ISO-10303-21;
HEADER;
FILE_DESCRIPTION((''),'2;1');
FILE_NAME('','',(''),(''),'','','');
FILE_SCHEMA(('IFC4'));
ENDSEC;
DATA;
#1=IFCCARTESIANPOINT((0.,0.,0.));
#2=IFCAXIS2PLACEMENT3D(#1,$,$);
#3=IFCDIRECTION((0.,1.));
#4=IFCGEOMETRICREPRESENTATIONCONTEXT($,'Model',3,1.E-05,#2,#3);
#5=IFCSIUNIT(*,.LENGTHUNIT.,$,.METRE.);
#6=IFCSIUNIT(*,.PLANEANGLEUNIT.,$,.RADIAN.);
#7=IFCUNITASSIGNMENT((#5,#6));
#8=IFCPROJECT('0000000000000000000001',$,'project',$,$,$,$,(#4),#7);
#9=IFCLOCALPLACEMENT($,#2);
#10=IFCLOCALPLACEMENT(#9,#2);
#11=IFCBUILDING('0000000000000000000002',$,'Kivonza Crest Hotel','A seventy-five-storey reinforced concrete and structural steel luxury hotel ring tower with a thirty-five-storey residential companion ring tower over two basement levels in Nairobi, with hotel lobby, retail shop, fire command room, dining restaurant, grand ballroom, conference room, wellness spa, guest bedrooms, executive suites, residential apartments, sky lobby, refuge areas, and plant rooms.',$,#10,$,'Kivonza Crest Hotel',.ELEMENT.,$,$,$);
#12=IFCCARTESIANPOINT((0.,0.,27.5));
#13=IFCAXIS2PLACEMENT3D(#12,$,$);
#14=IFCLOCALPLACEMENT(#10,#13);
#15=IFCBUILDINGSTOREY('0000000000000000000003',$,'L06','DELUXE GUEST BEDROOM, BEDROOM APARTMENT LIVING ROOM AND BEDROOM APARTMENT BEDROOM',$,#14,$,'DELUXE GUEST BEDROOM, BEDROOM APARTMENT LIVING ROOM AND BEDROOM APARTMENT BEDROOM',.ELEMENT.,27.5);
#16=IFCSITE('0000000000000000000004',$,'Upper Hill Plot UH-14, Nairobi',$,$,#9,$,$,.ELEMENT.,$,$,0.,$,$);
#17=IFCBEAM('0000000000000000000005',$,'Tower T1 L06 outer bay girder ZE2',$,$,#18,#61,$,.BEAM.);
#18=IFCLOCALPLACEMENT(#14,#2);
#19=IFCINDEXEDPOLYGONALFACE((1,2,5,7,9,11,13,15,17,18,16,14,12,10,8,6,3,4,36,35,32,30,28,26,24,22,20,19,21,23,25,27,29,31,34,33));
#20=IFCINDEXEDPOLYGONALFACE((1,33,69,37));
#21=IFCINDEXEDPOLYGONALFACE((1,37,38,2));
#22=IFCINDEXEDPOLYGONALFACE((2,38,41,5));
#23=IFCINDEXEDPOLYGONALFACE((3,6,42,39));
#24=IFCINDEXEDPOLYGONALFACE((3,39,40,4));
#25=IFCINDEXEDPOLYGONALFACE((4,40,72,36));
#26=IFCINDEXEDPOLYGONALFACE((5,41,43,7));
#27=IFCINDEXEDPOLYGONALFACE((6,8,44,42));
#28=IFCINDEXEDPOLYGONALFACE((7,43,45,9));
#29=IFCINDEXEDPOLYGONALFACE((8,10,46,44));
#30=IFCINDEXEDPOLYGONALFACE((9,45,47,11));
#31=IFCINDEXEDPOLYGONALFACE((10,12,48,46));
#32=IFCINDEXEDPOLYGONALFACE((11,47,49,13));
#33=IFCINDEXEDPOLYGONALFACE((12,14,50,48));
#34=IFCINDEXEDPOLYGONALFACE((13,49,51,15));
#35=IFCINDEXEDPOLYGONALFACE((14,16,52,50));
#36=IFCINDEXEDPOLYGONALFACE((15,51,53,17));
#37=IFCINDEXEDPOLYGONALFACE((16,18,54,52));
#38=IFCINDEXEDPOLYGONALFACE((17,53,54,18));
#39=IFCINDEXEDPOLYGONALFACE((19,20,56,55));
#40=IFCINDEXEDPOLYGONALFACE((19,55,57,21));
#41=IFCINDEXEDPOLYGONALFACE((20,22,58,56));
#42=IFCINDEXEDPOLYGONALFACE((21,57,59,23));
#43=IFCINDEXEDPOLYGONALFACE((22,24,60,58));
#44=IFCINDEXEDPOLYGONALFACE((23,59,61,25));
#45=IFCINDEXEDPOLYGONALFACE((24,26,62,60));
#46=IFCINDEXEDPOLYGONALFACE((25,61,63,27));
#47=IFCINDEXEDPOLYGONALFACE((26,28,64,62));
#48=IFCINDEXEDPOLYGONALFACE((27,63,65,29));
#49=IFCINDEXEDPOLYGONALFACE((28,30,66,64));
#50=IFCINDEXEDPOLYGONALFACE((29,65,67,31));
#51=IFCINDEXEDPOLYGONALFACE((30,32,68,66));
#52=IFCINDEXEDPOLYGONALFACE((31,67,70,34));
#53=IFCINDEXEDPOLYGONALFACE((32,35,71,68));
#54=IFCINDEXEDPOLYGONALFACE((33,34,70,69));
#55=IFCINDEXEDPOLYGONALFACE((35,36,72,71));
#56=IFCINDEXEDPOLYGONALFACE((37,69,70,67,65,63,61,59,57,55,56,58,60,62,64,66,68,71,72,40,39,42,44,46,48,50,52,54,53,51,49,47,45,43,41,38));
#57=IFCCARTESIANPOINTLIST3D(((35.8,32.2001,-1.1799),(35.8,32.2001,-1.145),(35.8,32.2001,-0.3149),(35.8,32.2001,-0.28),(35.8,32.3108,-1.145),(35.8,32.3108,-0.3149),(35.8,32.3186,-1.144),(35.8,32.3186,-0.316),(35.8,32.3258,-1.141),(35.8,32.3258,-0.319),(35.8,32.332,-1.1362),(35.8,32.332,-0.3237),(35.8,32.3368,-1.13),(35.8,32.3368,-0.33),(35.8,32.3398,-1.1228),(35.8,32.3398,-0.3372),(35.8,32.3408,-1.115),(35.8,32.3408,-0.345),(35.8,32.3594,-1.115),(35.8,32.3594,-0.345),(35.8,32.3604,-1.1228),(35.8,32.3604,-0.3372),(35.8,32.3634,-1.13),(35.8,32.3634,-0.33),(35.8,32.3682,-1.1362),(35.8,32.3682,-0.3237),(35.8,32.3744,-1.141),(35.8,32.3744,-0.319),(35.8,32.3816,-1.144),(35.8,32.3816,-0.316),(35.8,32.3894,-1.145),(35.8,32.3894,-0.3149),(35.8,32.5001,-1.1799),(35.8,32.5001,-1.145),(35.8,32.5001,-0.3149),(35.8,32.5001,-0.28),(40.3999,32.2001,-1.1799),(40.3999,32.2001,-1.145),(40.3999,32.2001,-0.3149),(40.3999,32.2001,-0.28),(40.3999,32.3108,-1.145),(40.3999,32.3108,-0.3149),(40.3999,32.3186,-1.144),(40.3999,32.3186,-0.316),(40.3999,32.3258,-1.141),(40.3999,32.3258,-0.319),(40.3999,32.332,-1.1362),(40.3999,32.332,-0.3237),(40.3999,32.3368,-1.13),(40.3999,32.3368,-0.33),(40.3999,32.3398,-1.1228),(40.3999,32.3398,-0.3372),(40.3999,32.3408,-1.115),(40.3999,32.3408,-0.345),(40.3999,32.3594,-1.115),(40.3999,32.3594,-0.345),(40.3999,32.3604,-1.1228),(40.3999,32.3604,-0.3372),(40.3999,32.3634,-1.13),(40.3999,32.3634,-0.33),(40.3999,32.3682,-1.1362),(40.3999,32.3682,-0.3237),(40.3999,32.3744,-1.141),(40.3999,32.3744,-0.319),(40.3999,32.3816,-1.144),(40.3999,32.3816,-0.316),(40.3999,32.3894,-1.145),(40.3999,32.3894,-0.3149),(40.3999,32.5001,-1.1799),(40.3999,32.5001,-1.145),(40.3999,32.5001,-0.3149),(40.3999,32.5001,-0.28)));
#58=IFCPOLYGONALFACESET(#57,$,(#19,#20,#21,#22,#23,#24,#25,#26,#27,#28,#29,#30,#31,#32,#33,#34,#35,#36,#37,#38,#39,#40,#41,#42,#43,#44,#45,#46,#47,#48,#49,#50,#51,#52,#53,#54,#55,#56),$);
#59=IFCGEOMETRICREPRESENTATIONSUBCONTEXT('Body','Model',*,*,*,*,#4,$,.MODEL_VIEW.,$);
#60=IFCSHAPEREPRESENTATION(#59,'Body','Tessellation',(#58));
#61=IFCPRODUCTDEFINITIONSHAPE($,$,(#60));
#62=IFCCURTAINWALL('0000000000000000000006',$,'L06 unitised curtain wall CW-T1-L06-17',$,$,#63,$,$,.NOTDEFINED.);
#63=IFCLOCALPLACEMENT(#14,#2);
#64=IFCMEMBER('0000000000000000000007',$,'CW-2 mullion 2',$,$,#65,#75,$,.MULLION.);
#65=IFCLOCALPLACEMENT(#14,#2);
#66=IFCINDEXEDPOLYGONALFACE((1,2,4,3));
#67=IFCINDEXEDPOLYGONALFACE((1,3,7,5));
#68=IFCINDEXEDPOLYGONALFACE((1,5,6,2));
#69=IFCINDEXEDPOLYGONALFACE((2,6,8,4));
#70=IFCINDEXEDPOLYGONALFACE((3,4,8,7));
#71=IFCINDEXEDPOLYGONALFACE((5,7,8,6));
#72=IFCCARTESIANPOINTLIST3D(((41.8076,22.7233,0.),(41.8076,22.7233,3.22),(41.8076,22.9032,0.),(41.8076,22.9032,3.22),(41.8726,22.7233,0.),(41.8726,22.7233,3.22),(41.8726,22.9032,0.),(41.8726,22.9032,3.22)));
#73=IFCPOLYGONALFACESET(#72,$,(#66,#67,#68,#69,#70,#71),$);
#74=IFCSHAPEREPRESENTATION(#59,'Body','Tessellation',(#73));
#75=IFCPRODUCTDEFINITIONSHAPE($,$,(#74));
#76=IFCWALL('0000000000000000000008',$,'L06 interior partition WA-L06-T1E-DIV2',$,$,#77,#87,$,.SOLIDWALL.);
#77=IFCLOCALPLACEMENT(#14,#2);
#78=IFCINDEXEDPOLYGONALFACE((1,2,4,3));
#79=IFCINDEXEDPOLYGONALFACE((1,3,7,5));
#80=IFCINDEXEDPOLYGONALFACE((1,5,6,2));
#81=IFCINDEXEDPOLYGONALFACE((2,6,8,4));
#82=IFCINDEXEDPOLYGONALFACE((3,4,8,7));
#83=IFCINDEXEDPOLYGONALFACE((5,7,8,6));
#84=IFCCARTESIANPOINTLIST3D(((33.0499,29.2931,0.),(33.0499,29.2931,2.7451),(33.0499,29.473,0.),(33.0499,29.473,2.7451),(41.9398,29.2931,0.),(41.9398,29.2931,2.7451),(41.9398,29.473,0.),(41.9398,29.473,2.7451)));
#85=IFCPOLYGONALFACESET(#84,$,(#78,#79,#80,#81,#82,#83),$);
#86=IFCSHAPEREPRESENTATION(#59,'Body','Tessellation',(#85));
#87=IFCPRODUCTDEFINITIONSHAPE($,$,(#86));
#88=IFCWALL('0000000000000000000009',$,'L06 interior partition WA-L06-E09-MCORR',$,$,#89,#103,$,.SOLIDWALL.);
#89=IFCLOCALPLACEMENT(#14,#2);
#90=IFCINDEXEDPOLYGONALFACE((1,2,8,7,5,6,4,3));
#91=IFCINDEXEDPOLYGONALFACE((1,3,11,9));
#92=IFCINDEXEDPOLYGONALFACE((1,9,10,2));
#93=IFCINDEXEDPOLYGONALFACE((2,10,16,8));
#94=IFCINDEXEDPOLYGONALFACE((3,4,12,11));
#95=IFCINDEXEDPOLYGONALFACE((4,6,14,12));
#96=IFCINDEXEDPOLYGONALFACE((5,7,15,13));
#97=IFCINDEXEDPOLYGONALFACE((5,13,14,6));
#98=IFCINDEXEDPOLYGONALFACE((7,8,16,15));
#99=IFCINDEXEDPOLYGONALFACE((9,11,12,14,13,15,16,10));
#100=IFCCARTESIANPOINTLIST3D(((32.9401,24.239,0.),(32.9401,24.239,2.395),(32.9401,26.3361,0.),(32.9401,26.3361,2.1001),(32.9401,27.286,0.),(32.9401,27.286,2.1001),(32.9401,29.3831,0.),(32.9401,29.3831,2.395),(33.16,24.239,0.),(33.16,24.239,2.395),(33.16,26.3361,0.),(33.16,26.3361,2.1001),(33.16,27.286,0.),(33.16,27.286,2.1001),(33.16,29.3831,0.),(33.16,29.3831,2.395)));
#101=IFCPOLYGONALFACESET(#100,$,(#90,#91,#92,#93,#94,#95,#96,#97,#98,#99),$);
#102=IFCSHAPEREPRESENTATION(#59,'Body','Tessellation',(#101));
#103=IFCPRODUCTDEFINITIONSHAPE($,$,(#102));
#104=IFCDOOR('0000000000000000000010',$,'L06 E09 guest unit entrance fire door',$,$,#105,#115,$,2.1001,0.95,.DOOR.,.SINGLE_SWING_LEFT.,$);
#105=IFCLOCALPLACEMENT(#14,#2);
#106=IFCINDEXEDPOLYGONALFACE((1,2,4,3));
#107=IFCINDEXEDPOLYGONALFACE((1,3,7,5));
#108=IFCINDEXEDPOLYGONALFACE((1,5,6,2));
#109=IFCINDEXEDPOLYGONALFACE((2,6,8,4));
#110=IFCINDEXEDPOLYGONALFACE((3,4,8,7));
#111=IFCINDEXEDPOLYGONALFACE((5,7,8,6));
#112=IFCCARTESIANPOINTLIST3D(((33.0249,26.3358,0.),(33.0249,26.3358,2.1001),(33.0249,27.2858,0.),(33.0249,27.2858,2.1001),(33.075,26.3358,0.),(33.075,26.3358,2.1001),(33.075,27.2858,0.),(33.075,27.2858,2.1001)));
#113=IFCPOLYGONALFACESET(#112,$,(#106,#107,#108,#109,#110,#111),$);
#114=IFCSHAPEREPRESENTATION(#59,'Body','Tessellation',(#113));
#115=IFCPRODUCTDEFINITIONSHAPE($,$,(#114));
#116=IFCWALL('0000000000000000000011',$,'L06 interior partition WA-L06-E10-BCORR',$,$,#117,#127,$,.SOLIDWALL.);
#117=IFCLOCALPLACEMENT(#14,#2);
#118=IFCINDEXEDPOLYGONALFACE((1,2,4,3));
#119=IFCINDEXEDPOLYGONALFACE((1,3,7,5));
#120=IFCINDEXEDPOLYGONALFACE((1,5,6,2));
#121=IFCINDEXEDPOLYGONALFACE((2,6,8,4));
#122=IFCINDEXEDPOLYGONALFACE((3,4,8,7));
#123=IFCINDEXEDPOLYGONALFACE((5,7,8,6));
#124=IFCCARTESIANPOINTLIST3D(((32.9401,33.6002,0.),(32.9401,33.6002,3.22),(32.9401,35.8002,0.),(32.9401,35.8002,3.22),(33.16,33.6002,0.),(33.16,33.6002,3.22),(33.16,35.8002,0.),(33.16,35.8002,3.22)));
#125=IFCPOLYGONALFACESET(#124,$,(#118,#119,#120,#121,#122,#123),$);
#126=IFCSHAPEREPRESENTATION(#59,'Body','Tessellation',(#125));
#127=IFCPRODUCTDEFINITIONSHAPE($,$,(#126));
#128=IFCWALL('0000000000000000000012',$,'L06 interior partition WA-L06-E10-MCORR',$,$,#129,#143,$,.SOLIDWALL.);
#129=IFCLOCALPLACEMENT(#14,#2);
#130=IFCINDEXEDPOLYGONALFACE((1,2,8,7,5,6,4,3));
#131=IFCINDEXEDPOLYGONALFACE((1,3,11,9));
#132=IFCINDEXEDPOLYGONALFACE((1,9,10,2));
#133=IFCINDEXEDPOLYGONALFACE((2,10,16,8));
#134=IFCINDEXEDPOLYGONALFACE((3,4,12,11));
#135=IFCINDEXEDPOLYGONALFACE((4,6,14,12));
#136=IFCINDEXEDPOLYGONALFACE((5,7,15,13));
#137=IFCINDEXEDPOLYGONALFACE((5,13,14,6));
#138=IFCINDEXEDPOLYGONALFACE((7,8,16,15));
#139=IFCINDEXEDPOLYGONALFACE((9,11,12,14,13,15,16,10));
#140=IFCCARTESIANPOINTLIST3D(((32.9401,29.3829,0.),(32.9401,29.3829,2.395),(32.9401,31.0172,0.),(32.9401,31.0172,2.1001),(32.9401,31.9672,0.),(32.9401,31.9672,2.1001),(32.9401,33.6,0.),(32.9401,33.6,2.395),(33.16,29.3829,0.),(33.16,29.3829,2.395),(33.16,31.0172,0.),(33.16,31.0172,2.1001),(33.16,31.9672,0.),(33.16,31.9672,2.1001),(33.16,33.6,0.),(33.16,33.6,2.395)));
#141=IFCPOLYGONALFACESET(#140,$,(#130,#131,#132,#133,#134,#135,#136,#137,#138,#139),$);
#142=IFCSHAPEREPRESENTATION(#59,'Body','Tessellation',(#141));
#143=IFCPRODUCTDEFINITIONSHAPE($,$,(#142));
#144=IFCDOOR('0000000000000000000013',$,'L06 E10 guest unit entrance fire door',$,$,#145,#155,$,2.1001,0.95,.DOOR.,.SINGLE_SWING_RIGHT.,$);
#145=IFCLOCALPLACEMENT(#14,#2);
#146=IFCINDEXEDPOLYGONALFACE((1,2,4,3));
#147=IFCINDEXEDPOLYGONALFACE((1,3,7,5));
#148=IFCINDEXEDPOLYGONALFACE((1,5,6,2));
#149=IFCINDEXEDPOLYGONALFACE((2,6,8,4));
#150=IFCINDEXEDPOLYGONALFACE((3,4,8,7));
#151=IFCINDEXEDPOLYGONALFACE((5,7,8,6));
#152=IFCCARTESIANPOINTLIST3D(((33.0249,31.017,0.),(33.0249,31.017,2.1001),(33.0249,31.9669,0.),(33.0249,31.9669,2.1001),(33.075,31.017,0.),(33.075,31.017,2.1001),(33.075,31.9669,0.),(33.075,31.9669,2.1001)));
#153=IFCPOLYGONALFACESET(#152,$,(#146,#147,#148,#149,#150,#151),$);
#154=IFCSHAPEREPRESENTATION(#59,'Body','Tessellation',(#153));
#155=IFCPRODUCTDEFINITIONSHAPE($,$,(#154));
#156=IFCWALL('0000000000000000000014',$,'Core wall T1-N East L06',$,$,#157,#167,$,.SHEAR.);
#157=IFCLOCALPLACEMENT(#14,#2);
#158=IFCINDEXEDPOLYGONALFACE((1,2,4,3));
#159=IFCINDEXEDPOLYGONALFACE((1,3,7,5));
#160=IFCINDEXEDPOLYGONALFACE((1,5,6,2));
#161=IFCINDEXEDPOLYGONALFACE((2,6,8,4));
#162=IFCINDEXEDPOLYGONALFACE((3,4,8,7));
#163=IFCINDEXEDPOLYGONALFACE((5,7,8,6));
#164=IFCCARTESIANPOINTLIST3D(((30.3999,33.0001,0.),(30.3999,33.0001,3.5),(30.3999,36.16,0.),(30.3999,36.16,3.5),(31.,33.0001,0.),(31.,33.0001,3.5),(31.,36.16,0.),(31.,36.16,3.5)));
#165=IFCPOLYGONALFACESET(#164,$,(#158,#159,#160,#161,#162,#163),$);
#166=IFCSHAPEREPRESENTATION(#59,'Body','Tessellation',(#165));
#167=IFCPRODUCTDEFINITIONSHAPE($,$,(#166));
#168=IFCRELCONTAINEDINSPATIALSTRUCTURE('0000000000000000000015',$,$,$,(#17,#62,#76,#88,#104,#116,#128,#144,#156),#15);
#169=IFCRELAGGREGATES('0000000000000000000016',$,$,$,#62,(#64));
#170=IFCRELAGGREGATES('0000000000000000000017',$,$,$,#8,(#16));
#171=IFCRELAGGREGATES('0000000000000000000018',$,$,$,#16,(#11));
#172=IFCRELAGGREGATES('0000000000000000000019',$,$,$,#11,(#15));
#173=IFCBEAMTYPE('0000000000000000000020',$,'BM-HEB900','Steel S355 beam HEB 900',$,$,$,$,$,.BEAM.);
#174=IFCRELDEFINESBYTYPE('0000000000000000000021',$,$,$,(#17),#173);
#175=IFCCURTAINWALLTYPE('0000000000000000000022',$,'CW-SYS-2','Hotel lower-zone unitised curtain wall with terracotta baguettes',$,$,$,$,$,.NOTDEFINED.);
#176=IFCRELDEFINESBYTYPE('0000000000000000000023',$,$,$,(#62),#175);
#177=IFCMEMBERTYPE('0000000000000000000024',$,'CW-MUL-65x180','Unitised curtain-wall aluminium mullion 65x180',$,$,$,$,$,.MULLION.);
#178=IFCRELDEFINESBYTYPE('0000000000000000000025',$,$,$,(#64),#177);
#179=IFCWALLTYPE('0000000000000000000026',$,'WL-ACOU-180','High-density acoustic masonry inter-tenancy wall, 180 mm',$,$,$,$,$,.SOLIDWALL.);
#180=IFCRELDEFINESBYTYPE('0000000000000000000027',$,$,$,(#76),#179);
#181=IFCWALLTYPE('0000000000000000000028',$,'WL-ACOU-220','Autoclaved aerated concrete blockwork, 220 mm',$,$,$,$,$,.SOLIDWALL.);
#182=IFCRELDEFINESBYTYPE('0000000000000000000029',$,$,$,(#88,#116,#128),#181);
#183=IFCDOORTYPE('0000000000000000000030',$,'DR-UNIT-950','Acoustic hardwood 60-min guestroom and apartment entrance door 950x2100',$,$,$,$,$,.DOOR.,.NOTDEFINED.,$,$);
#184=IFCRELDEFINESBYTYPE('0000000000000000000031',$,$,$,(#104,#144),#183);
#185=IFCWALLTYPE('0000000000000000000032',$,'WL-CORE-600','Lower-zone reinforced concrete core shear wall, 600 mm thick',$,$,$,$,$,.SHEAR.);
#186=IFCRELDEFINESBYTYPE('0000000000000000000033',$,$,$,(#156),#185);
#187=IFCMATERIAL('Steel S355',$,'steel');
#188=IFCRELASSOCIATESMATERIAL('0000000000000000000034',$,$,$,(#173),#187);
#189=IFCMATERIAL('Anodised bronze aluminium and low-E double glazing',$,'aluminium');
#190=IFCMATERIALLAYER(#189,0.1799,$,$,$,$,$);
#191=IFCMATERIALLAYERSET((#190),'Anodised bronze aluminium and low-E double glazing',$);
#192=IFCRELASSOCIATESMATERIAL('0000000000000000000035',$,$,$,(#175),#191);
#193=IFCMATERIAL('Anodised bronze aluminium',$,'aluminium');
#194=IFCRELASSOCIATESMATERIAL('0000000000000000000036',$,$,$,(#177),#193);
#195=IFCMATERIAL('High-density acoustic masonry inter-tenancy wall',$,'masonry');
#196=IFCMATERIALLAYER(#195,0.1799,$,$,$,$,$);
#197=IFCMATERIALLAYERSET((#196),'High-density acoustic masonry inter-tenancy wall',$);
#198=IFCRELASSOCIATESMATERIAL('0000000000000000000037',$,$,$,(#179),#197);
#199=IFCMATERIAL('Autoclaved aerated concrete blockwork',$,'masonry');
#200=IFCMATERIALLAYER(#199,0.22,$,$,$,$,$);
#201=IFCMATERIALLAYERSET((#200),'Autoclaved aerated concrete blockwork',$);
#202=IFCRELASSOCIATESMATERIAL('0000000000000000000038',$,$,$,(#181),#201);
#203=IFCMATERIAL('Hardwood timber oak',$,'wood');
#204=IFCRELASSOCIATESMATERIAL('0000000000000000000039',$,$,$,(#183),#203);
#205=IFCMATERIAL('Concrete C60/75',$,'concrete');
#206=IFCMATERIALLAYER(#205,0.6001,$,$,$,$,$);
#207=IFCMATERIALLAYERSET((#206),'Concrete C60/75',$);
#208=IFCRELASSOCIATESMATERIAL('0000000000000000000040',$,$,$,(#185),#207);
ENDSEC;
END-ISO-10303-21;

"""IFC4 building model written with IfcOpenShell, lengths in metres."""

from ifc_helpers import new_model, si_unit, direction, frame, frame_2d, origin, origin_2d, place, context, subcontext, project, spatial, rectangle, i_section, extrude, material, layer, layer_set, material_profile, profile_set, type_object, element, fill, aggregate, save


model = new_model("IFC4")

# Units and contexts
model_context = context("Model", 3, precision=1e-05, world=origin(), true_north=direction((0.0, 1.0)))
body_context = subcontext(model_context, "Body", "Model", "MODEL_VIEW")
ifc_project = project(units=[si_unit("LENGTHUNIT", "METRE"), si_unit("PLANEANGLEUNIT", "RADIAN")], contexts=[model_context])

# Site, building, storey
site_placement = place(None, origin())
site = spatial("IfcSite", under=ifc_project, at=site_placement, Name="Upper Hill Plot UH-14, Nairobi", CompositionType="ELEMENT", RefElevation=0.0)
building_placement = place(site_placement, origin())
building = spatial("IfcBuilding", under=site, at=building_placement, Name="Kivonza Crest Hotel", Description="A seventy-five-storey reinforced concrete and structural steel luxury hotel ring tower with a thirty-five-storey residential companion ring tower over two basement levels in Nairobi, with hotel lobby, retail shop, fire command room, dining restaurant, grand ballroom, conference room, wellness spa, guest bedrooms, executive suites, residential apartments, sky lobby, refuge areas, and plant rooms.", LongName="Kivonza Crest Hotel", CompositionType="ELEMENT")
storey_placement = place(building_placement, frame((0.0, 0.0, 27.5)))
storey = spatial("IfcBuildingStorey", under=building, at=storey_placement, Name="L06", Description="DELUXE GUEST BEDROOM, BEDROOM APARTMENT LIVING ROOM AND BEDROOM APARTMENT BEDROOM", LongName="DELUXE GUEST BEDROOM, BEDROOM APARTMENT LIVING ROOM AND BEDROOM APARTMENT BEDROOM", CompositionType="ELEMENT", Elevation=27.5)

# Shared definitions
ifc_material_1 = material(Name="Concrete C60/75", Category="concrete")

# Beam
ifc_material_2 = material(Name="Steel S355", Category="steel")
ifc_material_profile_1 = material_profile(ifc_material_2, i_section(OverallWidth=0.3, OverallDepth=0.8999, WebThickness=0.0186, FlangeThickness=0.0349, FilletRadius=0.03, at=origin_2d()), Name="HEB 900")
ifc_profile_set_1 = profile_set([ifc_material_profile_1], Name="Steel S355")
beam_type_1 = type_object("IfcBeamType", Name="BM-HEB900", Description="Steel S355 beam HEB 900", PredefinedType="BEAM", material=ifc_profile_set_1)
beam_1_placement = place(storey_placement, frame((40.3999, 32.3501, -0.73), z_axis=(-1.0, 0.0, 0.0), x_axis=(0.0, -1.0, 0.0)))
element("IfcBeam", 1, at=beam_1_placement, inside=storey, type_object=beam_type_1, Name="Tower T1 L06 outer bay girder ZE2", PredefinedType="BEAM", context=body_context, shape_type="SweptSolid", body=[
    extrude(i_section(OverallWidth=0.3, OverallDepth=0.8999, WebThickness=0.0186, FlangeThickness=0.0349, FilletRadius=0.03, at=origin_2d()), origin(), (0.0, 0.0, 1.0), 4.5999),
])

# Curtain wall, member
ifc_material_3 = material(Name="Anodised bronze aluminium and low-E double glazing", Category="aluminium")
ifc_layer_1 = layer(ifc_material_3, 0.1799)
ifc_layer_set_1 = layer_set([ifc_layer_1], Name="Anodised bronze aluminium and low-E double glazing")
curtain_wall_type = type_object("IfcCurtainWallType", Name="CW-SYS-2", Description="Hotel lower-zone unitised curtain wall with terracotta baguettes", PredefinedType="NOTDEFINED", material=ifc_layer_set_1)
curtain_wall_placement = place(storey_placement, origin())
curtain_wall = element("IfcCurtainWall", 2, at=curtain_wall_placement, inside=storey, type_object=curtain_wall_type, Name="L06 unitised curtain wall CW-T1-L06-17", PredefinedType="NOTDEFINED")
ifc_material_4 = material(Name="Anodised bronze aluminium", Category="aluminium")
ifc_material_profile_2 = material_profile(ifc_material_4, rectangle(XDim=0.0649, YDim=0.1799, at=origin_2d()), Name="CW-M 65x180")
ifc_profile_set_2 = profile_set([ifc_material_profile_2], Name="Anodised bronze aluminium")
member_type = type_object("IfcMemberType", Name="CW-MUL-65x180", Description="Unitised curtain-wall aluminium mullion 65x180", PredefinedType="MULLION", material=ifc_profile_set_2)
member_placement = place(storey_placement, frame((41.8401, 22.8132, 0.0), z_axis=(0.0, 0.0, 1.0), x_axis=(-1.0, 0.0, 0.0)))
member = element("IfcMember", 3, at=member_placement, type_object=member_type, Name="CW-2 mullion 2", PredefinedType="MULLION", context=body_context, shape_type="SweptSolid", body=[
    extrude(rectangle(XDim=0.0649, YDim=0.1799, at=origin_2d()), origin(), (0.0, 0.0, 1.0), 3.22),
])
aggregate(curtain_wall, [member])

# Wall
ifc_material_5 = material(Name="High-density acoustic masonry inter-tenancy wall", Category="masonry")
ifc_layer_2 = layer(ifc_material_5, 0.1799)
ifc_layer_set_2 = layer_set([ifc_layer_2], Name="High-density acoustic masonry inter-tenancy wall")
wall_type_1 = type_object("IfcWallType", Name="WL-ACOU-180", Description="High-density acoustic masonry inter-tenancy wall, 180 mm", PredefinedType="SOLIDWALL", material=ifc_layer_set_2)
wall_1_placement = place(storey_placement, frame((33.05, 29.3831, 0.0), z_axis=(0.0, 0.0, 1.0), x_axis=(1.0, 0.0, 0.0)))
element("IfcWall", 4, at=wall_1_placement, inside=storey, type_object=wall_type_1, Name="L06 interior partition WA-L06-T1E-DIV2", PredefinedType="SOLIDWALL", context=body_context, shape_type="SweptSolid", body=[
    extrude(rectangle(XDim=8.8899, YDim=0.1799, at=frame_2d((4.4448, 0.0))), origin(), (0.0, 0.0, 1.0), 2.7451),
])

# Wall, opening, door
ifc_material_6 = material(Name="Autoclaved aerated concrete blockwork", Category="masonry")
ifc_layer_3 = layer(ifc_material_6, 0.22)
ifc_layer_set_3 = layer_set([ifc_layer_3], Name="Autoclaved aerated concrete blockwork")
wall_type_2 = type_object("IfcWallType", Name="WL-ACOU-220", Description="Autoclaved aerated concrete blockwork, 220 mm", PredefinedType="SOLIDWALL", material=ifc_layer_set_3)
wall_2_placement = place(storey_placement, frame((33.05, 24.239, 0.0), z_axis=(0.0, 0.0, 1.0), x_axis=(0.0, 1.0, 0.0)))
wall_2 = element("IfcWall", 5, at=wall_2_placement, inside=storey, type_object=wall_type_2, Name="L06 interior partition WA-L06-E09-MCORR", PredefinedType="SOLIDWALL", context=body_context, shape_type="SweptSolid", body=[
    extrude(rectangle(XDim=5.144, YDim=0.22, at=frame_2d((2.572, 0.0))), origin(), (0.0, 0.0, 1.0), 2.395),
])
opening_1_placement = place(wall_2_placement, frame((2.0969, 0.0, 0.0)))
opening_1 = element("IfcOpeningElement", 6, at=opening_1_placement, cuts=wall_2, PredefinedType="OPENING", context=body_context, shape_type="SweptSolid", body=[
    extrude(rectangle(XDim=0.95, YDim=2.1001, at=frame_2d((0.4751, 1.05))), frame((0.0, 0.1201, 0.0), z_axis=(0.0, -1.0, 0.0), x_axis=(1.0, 0.0, 0.0)), (0.0, 0.0, 1.0), 0.24),
])
ifc_material_7 = material(Name="Hardwood timber oak", Category="wood")
door_type_1 = type_object("IfcDoorType", Name="DR-UNIT-950", Description="Acoustic hardwood 60-min guestroom and apartment entrance door 950x2100", OperationType="NOTDEFINED", PredefinedType="DOOR", material=ifc_material_7)
door_1_placement = place(opening_1_placement, frame((0.95, 0.0, 0.0), z_axis=(0.0, 0.0, 1.0), x_axis=(-1.0, 0.0, 0.0)))
door_1 = element("IfcDoor", 7, at=door_1_placement, inside=storey, type_object=door_type_1, Name="L06 E09 guest unit entrance fire door", OperationType="SINGLE_SWING_LEFT", OverallHeight=2.1001, OverallWidth=0.95, PredefinedType="DOOR", context=body_context, shape_type="SweptSolid", body=[
    extrude(rectangle(XDim=0.95, YDim=2.1001, at=frame_2d((0.4751, 1.05))), frame((0.0, 0.0249, 0.0), z_axis=(0.0, -1.0, 0.0), x_axis=(1.0, 0.0, 0.0)), (0.0, 0.0, 1.0), 0.05),
])
fill(opening_1, door_1)

# Wall
wall_3_placement = place(storey_placement, frame((33.05, 33.6001, 0.0), z_axis=(0.0, 0.0, 1.0), x_axis=(0.0, 1.0, 0.0)))
element("IfcWall", 8, at=wall_3_placement, inside=storey, type_object=wall_type_2, Name="L06 interior partition WA-L06-E10-BCORR", PredefinedType="SOLIDWALL", context=body_context, shape_type="SweptSolid", body=[
    extrude(rectangle(XDim=2.2, YDim=0.22, at=frame_2d((1.1001, 0.0))), origin(), (0.0, 0.0, 1.0), 3.22),
])

# Wall, opening, door
wall_4_placement = place(storey_placement, frame((33.05, 29.3831, 0.0), z_axis=(0.0, 0.0, 1.0), x_axis=(0.0, 1.0, 0.0)))
wall_4 = element("IfcWall", 9, at=wall_4_placement, inside=storey, type_object=wall_type_2, Name="L06 interior partition WA-L06-E10-MCORR", PredefinedType="SOLIDWALL", context=body_context, shape_type="SweptSolid", body=[
    extrude(rectangle(XDim=4.217, YDim=0.22, at=frame_2d((2.1084, 0.0))), origin(), (0.0, 0.0, 1.0), 2.395),
])
opening_2_placement = place(wall_4_placement, frame((1.634, 0.0, 0.0)))
opening_2 = element("IfcOpeningElement", 10, at=opening_2_placement, cuts=wall_4, PredefinedType="OPENING", context=body_context, shape_type="SweptSolid", body=[
    extrude(rectangle(XDim=0.95, YDim=2.1001, at=frame_2d((0.4751, 1.05))), frame((0.0, 0.1201, 0.0), z_axis=(0.0, -1.0, 0.0), x_axis=(1.0, 0.0, 0.0)), (0.0, 0.0, 1.0), 0.24),
])
door_2_placement = place(opening_2_placement, frame((0.95, 0.0, 0.0), z_axis=(0.0, 0.0, 1.0), x_axis=(-1.0, 0.0, 0.0)))
door_2 = element("IfcDoor", 11, at=door_2_placement, inside=storey, type_object=door_type_1, Name="L06 E10 guest unit entrance fire door", OperationType="SINGLE_SWING_RIGHT", OverallHeight=2.1001, OverallWidth=0.95, PredefinedType="DOOR", context=body_context, shape_type="SweptSolid", body=[
    extrude(rectangle(XDim=0.95, YDim=2.1001, at=frame_2d((0.4751, 1.05))), frame((0.0, 0.0249, 0.0), z_axis=(0.0, -1.0, 0.0), x_axis=(1.0, 0.0, 0.0)), (0.0, 0.0, 1.0), 0.05),
])
fill(opening_2, door_2)

# Wall
ifc_layer_4 = layer(ifc_material_1, 0.6001)
ifc_layer_set_4 = layer_set([ifc_layer_4], Name="Concrete C60/75")
wall_type_3 = type_object("IfcWallType", Name="WL-CORE-600", Description="Lower-zone reinforced concrete core shear wall, 600 mm thick", PredefinedType="SHEAR", material=ifc_layer_set_4)
wall_5_placement = place(storey_placement, frame((30.7, 33.0, 0.0), z_axis=(0.0, 0.0, 1.0), x_axis=(0.0, 1.0, 0.0)))
element("IfcWall", 12, at=wall_5_placement, inside=storey, type_object=wall_type_3, Name="Core wall T1-N East L06", PredefinedType="SHEAR", context=body_context, shape_type="SweptSolid", body=[
    extrude(rectangle(XDim=3.1599, YDim=0.6001, at=frame_2d((1.5801, 0.0))), origin(), (0.0, 0.0, 1.0), 3.5),
])

save(model, "model.ifc")
